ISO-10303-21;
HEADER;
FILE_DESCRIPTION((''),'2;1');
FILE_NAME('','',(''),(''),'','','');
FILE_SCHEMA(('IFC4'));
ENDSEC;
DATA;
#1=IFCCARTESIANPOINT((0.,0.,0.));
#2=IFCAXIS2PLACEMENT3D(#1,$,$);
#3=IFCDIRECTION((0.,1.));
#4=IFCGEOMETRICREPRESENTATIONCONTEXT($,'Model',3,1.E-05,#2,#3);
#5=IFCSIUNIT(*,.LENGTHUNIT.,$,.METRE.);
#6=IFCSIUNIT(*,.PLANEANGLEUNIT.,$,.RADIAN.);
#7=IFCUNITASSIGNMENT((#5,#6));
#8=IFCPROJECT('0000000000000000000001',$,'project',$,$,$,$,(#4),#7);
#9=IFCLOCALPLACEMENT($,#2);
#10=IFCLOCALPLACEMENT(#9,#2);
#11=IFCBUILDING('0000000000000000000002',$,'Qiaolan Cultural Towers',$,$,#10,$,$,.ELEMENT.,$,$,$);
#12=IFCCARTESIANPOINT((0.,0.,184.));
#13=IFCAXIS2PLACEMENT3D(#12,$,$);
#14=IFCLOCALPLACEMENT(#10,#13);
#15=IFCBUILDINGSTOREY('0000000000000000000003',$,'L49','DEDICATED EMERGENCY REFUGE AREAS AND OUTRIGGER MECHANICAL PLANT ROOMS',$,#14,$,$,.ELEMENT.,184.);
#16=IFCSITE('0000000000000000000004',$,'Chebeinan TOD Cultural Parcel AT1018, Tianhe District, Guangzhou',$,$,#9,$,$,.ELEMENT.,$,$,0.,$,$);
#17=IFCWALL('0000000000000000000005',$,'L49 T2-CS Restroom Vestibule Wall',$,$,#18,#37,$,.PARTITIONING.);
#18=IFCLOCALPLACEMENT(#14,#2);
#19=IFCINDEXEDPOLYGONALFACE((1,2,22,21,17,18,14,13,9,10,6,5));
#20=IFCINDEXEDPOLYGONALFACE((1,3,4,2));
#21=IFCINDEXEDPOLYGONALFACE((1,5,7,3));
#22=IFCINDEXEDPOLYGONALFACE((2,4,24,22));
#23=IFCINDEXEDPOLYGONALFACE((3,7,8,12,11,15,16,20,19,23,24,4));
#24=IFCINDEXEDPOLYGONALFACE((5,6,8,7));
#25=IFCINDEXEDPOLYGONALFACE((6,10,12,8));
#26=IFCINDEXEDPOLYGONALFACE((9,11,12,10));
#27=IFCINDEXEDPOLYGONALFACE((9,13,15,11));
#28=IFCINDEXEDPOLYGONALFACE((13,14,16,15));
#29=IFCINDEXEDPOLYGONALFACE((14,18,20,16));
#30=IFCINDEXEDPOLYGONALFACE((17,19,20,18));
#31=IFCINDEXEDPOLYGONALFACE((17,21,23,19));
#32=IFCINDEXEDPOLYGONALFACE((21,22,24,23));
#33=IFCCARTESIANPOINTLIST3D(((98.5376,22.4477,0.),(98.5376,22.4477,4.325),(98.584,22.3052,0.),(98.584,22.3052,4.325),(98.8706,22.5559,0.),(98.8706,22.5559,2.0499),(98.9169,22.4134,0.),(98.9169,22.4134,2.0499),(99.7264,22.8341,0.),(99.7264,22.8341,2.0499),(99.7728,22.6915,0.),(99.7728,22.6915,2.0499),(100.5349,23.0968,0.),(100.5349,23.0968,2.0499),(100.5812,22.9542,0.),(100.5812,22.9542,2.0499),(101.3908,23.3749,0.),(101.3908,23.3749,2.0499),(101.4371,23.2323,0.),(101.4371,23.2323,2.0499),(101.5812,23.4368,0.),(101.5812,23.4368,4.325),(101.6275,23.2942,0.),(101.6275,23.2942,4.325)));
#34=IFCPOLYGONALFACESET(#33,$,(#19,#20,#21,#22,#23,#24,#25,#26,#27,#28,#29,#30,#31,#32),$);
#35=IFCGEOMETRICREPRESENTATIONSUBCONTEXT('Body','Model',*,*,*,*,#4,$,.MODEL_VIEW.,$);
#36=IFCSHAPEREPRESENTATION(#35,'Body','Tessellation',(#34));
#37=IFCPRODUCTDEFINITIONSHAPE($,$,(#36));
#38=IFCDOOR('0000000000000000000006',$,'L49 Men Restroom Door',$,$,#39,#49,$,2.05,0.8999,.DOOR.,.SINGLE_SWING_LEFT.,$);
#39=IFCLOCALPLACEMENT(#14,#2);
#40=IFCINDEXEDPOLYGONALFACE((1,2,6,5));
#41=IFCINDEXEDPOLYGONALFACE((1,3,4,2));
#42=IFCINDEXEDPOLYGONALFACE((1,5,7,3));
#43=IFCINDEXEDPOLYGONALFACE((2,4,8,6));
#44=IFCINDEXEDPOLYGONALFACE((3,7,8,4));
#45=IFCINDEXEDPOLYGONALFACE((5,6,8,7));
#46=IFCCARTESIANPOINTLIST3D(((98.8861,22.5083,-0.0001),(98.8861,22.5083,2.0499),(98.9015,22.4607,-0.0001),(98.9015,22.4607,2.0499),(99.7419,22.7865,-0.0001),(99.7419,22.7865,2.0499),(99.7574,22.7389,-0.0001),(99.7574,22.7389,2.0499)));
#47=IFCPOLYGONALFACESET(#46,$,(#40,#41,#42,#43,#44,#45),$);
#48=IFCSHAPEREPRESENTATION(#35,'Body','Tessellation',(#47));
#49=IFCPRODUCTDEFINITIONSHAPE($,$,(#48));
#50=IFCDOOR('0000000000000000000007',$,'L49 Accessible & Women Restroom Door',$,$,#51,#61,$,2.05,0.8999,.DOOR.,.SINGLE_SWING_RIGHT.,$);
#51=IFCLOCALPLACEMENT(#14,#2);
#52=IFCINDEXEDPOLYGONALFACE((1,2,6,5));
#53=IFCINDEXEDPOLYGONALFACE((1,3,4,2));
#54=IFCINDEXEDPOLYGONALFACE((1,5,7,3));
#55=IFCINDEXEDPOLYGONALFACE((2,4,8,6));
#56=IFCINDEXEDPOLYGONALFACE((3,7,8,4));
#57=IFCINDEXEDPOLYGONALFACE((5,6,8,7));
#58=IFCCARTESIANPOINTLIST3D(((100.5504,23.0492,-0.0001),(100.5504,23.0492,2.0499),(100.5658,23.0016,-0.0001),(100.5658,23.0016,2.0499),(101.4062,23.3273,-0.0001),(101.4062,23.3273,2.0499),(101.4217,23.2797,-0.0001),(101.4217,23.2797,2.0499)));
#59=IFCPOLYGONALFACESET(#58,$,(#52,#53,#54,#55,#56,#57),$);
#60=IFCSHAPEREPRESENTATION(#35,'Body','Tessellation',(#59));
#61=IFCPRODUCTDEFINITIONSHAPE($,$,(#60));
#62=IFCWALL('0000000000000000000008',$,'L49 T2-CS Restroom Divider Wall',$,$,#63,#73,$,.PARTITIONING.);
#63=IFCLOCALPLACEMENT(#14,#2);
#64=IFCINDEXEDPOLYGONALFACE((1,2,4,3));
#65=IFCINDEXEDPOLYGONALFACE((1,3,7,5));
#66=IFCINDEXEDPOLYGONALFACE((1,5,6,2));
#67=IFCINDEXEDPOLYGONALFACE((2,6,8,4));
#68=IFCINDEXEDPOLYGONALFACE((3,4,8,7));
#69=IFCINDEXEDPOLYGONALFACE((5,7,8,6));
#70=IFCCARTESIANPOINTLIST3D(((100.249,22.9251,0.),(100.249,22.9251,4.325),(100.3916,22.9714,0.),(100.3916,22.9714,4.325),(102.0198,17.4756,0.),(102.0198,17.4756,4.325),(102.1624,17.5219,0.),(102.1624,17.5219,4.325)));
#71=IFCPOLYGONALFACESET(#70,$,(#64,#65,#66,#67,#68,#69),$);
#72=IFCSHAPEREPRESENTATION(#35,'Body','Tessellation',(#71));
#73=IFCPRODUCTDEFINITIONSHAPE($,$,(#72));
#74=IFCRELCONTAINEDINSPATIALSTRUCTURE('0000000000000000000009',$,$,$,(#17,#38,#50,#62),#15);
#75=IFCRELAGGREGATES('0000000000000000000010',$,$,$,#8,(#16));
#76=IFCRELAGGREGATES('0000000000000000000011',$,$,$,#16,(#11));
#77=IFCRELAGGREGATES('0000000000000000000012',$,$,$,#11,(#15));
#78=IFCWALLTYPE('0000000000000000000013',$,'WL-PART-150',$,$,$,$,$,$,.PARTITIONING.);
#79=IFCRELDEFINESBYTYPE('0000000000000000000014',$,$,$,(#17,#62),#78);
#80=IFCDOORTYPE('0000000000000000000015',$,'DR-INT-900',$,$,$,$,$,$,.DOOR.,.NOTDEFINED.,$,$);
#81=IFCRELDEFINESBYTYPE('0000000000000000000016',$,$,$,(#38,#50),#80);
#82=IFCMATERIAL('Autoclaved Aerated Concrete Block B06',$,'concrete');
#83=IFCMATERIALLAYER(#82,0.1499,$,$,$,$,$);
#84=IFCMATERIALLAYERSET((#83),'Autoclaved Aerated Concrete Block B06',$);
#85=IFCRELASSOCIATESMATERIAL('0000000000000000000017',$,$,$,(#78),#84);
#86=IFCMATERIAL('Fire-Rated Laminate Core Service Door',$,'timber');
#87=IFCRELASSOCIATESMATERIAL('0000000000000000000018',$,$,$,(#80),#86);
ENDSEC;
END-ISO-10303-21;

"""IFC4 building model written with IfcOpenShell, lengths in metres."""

from ifc_helpers import new_model, si_unit, direction, frame, frame_2d, origin, place, context, subcontext, project, spatial, rectangle, extrude, material, layer, layer_set, type_object, element, fill, save


model = new_model("IFC4")

# Units and contexts
model_context = context("Model", 3, precision=1e-05, world=origin(), true_north=direction((0.0, 1.0)))
body_context = subcontext(model_context, "Body", "Model", "MODEL_VIEW")
ifc_project = project(units=[si_unit("LENGTHUNIT", "METRE"), si_unit("PLANEANGLEUNIT", "RADIAN")], contexts=[model_context])

# Site, building, storey
site_placement = place(None, origin())
site = spatial("IfcSite", under=ifc_project, at=site_placement, Name="Chebeinan TOD Cultural Parcel AT1018, Tianhe District, Guangzhou", CompositionType="ELEMENT", RefElevation=0.0)
building_placement = place(site_placement, origin())
building = spatial("IfcBuilding", under=site, at=building_placement, Name="Qiaolan Cultural Towers", CompositionType="ELEMENT")
storey_placement = place(building_placement, frame((0.0, 0.0, 184.0)))
storey = spatial("IfcBuildingStorey", under=building, at=storey_placement, Name="L49", Description="DEDICATED EMERGENCY REFUGE AREAS AND OUTRIGGER MECHANICAL PLANT ROOMS", CompositionType="ELEMENT", Elevation=184.0)

# Shared definitions
ifc_material_1 = material(Name="Autoclaved Aerated Concrete Block B06", Category="concrete")
ifc_layer_1 = layer(ifc_material_1, 0.1499)
ifc_layer_set_1 = layer_set([ifc_layer_1], Name="Autoclaved Aerated Concrete Block B06")
wall_type_1 = type_object("IfcWallType", Name="WL-PART-150", PredefinedType="PARTITIONING", material=ifc_layer_set_1)

# Wall, openings, doors
wall_1_placement = place(storey_placement, frame((98.5608, 22.3765, 0.0), z_axis=(0.0, 0.0, 1.0), x_axis=(0.951044, 0.309055, 0.0)))
wall_1 = element("IfcWall", 1, at=wall_1_placement, inside=storey, type_object=wall_type_1, Name="L49 T2-CS Restroom Vestibule Wall", PredefinedType="PARTITIONING", context=body_context, shape_type="SweptSolid", body=[
    extrude(rectangle(XDim=3.2002, YDim=0.1499, at=frame_2d((1.6001, 0.0))), origin(), (0.0, 0.0, 1.0), 4.325),
])
opening_1_placement = place(wall_1_placement, frame((0.3501, 0.0, 0.0)))
opening_1 = element("IfcOpeningElement", 2, at=opening_1_placement, cuts=wall_1, PredefinedType="OPENING", context=body_context, shape_type="SweptSolid", body=[
    extrude(rectangle(XDim=0.8999, YDim=2.05, at=frame_2d((0.45, 1.0249))), frame((0.0, 0.085, 0.0), z_axis=(0.0, -1.0, 0.0), x_axis=(1.0, 0.0, 0.0)), (0.0, 0.0, 1.0), 0.1699),
])
opening_2_placement = place(wall_1_placement, frame((2.1001, 0.0, 0.0)))
opening_2 = element("IfcOpeningElement", 3, at=opening_2_placement, cuts=wall_1, PredefinedType="OPENING", context=body_context, shape_type="SweptSolid", body=[
    extrude(rectangle(XDim=0.8999, YDim=2.05, at=frame_2d((0.45, 1.0249))), frame((0.0, 0.085, 0.0), z_axis=(0.0, -1.0, 0.0), x_axis=(1.0, 0.0, 0.0)), (0.0, 0.0, 1.0), 0.1699),
])
ifc_material_2 = material(Name="Fire-Rated Laminate Core Service Door", Category="timber")
door_type_1 = type_object("IfcDoorType", Name="DR-INT-900", OperationType="NOTDEFINED", PredefinedType="DOOR", material=ifc_material_2)
door_1_placement = place(opening_1_placement, origin())
door_1 = element("IfcDoor", 4, at=door_1_placement, inside=storey, type_object=door_type_1, Name="L49 Men Restroom Door", OperationType="SINGLE_SWING_LEFT", OverallHeight=2.05, OverallWidth=0.8999, PredefinedType="DOOR", context=body_context, shape_type="SweptSolid", body=[
    extrude(rectangle(XDim=0.8999, YDim=2.05, at=frame_2d((0.45, 1.0249))), frame((0.0, 0.0249, 0.0), z_axis=(0.0, -1.0, 0.0), x_axis=(1.0, 0.0, 0.0)), (0.0, 0.0, 1.0), 0.05),
])
fill(opening_1, door_1)
door_2_placement = place(opening_2_placement, origin())
door_2 = element("IfcDoor", 5, at=door_2_placement, inside=storey, type_object=door_type_1, Name="L49 Accessible & Women Restroom Door", OperationType="SINGLE_SWING_RIGHT", OverallHeight=2.05, OverallWidth=0.8999, PredefinedType="DOOR", context=body_context, shape_type="SweptSolid", body=[
    extrude(rectangle(XDim=0.8999, YDim=2.05, at=frame_2d((0.45, 1.0249))), frame((0.0, 0.0249, 0.0), z_axis=(0.0, -1.0, 0.0), x_axis=(1.0, 0.0, 0.0)), (0.0, 0.0, 1.0), 0.05),
])
fill(opening_2, door_2)

# Wall
wall_2_placement = place(storey_placement, frame((100.3203, 22.9482, 0.0), z_axis=(0.0, 0.0, 1.0), x_axis=(0.309035, -0.951051, 0.0)))
element("IfcWall", 6, at=wall_2_placement, inside=storey, type_object=wall_type_1, Name="L49 T2-CS Restroom Divider Wall", PredefinedType="PARTITIONING", context=body_context, shape_type="SweptSolid", body=[
    extrude(rectangle(XDim=5.73, YDim=0.1499, at=frame_2d((2.865, 0.0))), origin(), (0.0, 0.0, 1.0), 4.325),
])

save(model, "model.ifc")
